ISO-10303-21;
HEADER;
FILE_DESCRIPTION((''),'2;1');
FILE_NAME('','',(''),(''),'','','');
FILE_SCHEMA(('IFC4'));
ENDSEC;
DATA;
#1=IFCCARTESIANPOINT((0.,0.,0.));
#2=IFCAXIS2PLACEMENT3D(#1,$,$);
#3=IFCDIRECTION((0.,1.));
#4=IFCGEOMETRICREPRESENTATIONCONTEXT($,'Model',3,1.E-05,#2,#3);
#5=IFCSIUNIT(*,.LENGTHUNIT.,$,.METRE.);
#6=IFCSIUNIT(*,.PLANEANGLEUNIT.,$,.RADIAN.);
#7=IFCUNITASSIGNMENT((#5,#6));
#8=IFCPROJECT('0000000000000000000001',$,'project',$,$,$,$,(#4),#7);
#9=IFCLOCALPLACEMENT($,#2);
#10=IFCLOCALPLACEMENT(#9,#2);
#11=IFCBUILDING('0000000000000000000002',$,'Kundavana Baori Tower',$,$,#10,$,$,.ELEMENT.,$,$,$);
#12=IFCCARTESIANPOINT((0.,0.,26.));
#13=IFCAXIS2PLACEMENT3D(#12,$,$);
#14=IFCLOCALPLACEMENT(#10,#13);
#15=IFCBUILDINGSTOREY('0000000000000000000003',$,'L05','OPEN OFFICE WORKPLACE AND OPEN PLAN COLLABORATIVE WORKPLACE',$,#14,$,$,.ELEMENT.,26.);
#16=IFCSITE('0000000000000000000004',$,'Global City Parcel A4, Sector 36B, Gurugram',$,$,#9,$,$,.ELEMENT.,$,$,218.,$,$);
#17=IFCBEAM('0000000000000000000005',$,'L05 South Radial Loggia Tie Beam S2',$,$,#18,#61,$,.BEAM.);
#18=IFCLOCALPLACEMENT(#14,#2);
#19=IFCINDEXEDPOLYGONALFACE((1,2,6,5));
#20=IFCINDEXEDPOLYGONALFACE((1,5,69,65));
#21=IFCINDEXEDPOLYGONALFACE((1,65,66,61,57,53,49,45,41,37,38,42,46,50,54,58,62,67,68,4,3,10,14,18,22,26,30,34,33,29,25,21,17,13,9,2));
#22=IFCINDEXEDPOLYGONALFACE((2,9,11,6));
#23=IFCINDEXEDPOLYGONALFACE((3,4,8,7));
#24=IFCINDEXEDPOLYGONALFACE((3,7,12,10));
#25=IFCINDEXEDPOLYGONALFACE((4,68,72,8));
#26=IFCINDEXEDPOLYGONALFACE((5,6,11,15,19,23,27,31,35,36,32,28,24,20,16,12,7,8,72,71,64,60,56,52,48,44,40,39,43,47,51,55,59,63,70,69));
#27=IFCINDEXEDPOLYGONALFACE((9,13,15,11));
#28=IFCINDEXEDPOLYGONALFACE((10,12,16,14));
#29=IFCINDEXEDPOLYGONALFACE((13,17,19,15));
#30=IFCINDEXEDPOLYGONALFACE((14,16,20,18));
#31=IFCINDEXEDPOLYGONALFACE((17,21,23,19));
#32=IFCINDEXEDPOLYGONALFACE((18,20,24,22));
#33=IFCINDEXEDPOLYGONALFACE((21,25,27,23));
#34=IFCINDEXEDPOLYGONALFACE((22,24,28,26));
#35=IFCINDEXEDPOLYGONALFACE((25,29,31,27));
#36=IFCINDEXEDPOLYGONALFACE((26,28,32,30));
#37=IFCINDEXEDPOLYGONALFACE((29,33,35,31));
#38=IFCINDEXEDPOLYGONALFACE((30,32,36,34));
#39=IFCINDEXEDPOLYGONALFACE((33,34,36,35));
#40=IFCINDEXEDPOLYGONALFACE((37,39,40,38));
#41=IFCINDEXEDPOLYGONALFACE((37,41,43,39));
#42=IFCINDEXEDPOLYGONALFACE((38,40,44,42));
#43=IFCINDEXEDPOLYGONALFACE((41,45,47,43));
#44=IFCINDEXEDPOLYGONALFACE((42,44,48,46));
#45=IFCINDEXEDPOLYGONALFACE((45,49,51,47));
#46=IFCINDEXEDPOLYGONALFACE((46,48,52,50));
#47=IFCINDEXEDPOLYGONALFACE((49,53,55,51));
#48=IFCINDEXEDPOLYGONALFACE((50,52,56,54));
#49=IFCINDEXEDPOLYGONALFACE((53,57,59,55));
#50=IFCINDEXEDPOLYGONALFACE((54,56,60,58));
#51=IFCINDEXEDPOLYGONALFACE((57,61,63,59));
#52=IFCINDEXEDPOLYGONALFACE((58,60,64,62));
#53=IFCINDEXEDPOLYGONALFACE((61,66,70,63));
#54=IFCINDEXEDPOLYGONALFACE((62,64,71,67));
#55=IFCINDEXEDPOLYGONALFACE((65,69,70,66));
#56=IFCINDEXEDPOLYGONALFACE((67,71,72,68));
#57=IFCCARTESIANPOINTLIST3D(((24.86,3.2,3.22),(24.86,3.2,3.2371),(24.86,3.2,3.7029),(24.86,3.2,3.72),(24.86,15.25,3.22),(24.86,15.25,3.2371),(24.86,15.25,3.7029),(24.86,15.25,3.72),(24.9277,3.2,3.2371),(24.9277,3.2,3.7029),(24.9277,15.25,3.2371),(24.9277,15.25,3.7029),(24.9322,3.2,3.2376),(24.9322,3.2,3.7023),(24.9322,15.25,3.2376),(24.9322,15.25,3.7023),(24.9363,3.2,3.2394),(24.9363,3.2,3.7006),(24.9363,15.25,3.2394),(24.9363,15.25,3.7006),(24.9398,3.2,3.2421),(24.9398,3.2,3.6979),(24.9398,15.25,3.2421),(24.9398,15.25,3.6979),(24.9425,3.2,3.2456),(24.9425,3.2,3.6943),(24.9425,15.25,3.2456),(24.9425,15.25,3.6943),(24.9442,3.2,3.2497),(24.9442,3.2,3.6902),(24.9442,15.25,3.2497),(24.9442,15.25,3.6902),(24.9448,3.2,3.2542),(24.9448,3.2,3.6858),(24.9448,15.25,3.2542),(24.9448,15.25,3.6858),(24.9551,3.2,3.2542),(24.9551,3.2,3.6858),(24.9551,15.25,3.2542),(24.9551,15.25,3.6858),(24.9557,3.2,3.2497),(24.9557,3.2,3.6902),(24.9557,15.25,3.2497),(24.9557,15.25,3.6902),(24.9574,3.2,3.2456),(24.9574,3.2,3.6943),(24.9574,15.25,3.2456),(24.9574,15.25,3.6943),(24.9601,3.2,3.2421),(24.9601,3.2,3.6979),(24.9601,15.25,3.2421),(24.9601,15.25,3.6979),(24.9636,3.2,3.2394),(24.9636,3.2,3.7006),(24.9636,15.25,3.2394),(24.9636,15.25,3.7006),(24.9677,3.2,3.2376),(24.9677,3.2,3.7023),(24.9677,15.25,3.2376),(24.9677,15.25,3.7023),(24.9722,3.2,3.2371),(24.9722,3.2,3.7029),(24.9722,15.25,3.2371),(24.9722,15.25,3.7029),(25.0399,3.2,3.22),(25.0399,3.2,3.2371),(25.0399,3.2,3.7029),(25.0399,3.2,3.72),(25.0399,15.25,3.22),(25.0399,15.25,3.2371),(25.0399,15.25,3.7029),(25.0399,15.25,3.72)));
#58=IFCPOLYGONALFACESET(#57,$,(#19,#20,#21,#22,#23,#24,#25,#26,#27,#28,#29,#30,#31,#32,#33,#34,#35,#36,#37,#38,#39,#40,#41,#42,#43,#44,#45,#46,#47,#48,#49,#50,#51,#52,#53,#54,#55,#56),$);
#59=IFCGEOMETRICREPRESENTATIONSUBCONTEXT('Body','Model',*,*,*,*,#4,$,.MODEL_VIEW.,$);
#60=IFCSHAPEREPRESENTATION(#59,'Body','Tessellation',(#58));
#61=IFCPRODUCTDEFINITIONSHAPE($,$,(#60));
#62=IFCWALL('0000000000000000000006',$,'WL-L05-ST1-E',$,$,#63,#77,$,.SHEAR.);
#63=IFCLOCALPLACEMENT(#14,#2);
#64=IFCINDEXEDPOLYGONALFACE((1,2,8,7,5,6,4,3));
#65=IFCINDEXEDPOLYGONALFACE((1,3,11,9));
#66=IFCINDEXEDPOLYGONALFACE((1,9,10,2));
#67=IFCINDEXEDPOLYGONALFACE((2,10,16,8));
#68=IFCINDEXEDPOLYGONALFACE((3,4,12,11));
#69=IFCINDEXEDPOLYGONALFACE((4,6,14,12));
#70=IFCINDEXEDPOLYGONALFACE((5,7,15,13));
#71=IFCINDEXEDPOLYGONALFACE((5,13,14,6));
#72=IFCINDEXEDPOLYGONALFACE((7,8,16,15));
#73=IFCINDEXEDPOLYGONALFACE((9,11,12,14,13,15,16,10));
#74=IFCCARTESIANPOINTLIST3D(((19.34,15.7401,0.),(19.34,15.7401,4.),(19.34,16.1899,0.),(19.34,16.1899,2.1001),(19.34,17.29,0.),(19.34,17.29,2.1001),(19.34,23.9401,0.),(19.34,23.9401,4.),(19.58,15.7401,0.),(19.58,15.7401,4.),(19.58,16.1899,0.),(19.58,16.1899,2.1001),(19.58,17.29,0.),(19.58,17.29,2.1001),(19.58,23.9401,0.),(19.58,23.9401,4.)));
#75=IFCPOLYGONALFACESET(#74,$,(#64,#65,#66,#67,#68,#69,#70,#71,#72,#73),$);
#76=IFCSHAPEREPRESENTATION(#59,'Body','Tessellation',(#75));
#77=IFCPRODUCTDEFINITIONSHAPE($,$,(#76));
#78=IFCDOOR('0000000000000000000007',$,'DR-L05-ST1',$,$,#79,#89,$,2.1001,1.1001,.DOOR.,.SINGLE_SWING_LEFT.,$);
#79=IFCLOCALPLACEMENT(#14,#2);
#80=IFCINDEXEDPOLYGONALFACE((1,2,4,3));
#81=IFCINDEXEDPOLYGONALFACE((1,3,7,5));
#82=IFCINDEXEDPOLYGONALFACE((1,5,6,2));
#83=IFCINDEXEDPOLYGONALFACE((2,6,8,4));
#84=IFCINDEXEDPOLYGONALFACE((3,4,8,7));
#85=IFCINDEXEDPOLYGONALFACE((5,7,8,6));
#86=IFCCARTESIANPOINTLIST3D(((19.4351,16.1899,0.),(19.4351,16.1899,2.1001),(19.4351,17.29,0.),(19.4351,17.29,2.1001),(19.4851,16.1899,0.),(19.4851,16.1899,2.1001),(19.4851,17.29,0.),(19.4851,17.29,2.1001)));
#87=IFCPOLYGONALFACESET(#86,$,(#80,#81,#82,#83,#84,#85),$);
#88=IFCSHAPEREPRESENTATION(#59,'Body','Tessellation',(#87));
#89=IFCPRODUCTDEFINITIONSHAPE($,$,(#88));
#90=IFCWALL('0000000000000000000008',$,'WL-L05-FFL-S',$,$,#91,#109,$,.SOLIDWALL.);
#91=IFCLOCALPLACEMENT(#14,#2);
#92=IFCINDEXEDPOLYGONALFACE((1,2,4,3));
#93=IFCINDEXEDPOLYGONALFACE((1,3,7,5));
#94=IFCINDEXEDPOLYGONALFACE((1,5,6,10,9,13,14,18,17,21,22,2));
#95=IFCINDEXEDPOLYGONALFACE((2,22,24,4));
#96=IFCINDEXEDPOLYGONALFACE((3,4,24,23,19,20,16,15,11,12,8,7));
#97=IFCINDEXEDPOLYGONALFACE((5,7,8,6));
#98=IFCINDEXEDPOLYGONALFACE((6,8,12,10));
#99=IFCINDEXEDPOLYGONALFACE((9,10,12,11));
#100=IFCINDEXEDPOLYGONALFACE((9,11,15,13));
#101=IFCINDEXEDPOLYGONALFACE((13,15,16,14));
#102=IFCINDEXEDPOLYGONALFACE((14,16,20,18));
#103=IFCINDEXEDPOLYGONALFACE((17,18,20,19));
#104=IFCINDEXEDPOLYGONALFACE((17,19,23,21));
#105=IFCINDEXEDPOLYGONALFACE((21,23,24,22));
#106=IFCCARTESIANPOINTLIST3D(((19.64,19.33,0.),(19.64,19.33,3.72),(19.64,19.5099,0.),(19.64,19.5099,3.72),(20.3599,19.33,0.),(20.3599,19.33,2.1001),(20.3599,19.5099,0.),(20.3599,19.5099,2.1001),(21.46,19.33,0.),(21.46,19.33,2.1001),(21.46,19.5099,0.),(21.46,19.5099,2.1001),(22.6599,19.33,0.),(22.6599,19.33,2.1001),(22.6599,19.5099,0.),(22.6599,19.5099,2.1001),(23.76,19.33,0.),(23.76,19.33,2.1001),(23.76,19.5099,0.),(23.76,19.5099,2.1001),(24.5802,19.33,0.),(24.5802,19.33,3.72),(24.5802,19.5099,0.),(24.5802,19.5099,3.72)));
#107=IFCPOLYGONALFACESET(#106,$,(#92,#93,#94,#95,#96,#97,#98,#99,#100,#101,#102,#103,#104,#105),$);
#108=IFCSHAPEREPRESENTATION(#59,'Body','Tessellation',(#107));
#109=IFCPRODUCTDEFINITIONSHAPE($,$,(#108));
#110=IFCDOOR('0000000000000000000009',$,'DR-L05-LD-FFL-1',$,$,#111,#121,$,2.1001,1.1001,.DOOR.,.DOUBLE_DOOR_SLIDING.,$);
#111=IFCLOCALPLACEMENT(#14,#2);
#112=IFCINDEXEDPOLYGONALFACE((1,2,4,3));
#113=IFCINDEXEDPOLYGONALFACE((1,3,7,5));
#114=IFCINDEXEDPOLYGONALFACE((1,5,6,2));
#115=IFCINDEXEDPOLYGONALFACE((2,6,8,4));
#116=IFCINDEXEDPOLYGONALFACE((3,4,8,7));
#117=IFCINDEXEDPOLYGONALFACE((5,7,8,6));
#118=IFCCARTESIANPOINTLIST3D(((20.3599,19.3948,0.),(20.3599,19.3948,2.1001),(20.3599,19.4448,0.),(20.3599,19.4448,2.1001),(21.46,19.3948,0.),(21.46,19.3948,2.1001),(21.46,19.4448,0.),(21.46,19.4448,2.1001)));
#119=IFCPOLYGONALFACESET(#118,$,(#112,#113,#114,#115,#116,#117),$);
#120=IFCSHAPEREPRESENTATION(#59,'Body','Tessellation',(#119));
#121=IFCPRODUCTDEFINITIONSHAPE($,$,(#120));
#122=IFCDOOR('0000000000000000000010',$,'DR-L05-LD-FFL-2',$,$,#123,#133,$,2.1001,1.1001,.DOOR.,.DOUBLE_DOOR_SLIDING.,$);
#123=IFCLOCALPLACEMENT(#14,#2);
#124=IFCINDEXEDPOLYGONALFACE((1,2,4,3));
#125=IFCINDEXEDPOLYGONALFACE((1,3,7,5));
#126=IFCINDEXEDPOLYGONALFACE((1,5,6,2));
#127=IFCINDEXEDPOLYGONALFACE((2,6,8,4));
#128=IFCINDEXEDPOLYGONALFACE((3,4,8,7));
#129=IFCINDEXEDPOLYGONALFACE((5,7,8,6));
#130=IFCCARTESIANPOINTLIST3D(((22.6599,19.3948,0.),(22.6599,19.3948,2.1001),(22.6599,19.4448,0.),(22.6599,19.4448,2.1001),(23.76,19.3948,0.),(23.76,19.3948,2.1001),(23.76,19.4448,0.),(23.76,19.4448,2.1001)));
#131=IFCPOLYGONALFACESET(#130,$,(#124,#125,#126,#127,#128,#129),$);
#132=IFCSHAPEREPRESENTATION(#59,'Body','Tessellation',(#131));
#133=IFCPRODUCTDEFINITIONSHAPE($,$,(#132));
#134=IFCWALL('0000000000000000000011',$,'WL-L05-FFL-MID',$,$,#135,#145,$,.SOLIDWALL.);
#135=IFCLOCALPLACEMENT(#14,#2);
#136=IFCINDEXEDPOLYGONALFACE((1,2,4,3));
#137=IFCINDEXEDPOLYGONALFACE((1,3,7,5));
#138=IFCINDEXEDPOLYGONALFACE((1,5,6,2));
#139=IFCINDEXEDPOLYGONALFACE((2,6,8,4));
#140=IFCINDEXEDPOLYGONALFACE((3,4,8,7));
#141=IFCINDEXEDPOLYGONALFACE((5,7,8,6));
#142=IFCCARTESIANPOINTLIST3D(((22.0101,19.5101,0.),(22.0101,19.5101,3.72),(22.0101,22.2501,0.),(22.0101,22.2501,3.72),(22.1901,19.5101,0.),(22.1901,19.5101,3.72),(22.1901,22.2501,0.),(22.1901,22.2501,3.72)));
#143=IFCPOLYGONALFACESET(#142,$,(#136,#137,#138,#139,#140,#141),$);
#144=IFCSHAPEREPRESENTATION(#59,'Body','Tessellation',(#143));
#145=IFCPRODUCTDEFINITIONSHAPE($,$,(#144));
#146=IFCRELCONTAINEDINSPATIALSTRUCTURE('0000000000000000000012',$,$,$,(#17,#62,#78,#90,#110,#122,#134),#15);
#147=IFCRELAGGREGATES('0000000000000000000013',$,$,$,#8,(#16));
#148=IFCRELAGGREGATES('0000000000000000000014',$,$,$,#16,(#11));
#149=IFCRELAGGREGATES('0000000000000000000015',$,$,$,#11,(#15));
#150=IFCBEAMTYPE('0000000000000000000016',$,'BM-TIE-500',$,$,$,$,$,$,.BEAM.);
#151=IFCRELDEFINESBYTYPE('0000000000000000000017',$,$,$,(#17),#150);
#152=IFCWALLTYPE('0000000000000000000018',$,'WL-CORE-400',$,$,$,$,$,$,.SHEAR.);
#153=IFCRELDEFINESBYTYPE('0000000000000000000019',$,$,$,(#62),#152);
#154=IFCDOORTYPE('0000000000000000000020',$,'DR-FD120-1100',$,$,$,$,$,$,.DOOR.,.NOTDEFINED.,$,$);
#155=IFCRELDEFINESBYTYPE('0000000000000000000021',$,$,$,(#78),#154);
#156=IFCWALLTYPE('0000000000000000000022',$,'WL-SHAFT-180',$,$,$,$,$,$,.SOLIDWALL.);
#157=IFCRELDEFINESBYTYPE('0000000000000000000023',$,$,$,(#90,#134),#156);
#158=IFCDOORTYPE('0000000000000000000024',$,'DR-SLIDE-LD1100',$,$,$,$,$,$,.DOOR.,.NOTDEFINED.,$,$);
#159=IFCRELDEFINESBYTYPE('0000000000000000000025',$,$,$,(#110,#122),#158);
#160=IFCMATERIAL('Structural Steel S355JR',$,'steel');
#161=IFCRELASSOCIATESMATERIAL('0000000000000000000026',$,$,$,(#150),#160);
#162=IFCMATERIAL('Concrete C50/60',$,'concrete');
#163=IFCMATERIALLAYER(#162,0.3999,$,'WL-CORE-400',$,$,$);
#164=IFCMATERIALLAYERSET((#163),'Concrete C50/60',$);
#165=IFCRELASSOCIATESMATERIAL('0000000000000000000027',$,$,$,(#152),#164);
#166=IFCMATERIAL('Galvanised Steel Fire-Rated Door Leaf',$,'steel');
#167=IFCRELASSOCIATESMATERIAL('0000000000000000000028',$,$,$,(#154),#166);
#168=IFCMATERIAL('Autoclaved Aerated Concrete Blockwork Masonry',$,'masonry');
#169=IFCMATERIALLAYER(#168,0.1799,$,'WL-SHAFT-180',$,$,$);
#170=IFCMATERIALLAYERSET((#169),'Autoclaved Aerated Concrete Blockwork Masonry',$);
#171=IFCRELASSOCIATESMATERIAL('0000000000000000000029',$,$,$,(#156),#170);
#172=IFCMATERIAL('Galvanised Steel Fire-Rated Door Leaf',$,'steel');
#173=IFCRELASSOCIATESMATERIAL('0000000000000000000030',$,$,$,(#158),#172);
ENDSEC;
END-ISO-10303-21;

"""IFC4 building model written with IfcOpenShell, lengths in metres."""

from ifc_helpers import new_model, si_unit, direction, frame, frame_2d, origin, origin_2d, place, context, subcontext, project, spatial, rectangle, i_section, extrude, material, layer, layer_set, material_profile, profile_set, type_object, element, fill, save


model = new_model("IFC4")

# Units and contexts
model_context = context("Model", 3, precision=1e-05, world=origin(), true_north=direction((0.0, 1.0)))
body_context = subcontext(model_context, "Body", "Model", "MODEL_VIEW")
ifc_project = project(units=[si_unit("LENGTHUNIT", "METRE"), si_unit("PLANEANGLEUNIT", "RADIAN")], contexts=[model_context])

# Site, building, storey
site_placement = place(None, origin())
site = spatial("IfcSite", under=ifc_project, at=site_placement, Name="Global City Parcel A4, Sector 36B, Gurugram", CompositionType="ELEMENT", RefElevation=218.0)
building_placement = place(site_placement, origin())
building = spatial("IfcBuilding", under=site, at=building_placement, Name="Kundavana Baori Tower", CompositionType="ELEMENT")
storey_placement = place(building_placement, frame((0.0, 0.0, 26.0)))
storey = spatial("IfcBuildingStorey", under=building, at=storey_placement, Name="L05", Description="OPEN OFFICE WORKPLACE AND OPEN PLAN COLLABORATIVE WORKPLACE", CompositionType="ELEMENT", Elevation=26.0)

# Beam
ifc_material_1 = material(Name="Structural Steel S355JR", Category="steel")
ifc_material_profile_1 = material_profile(ifc_material_1, i_section(OverallWidth=0.1799, OverallDepth=0.5, WebThickness=0.0103, FlangeThickness=0.0171, FilletRadius=0.0171, at=origin_2d()), Name="ISMB 500")
ifc_profile_set_1 = profile_set([ifc_material_profile_1], Name="Structural Steel S355JR")
beam_type_1 = type_object("IfcBeamType", Name="BM-TIE-500", PredefinedType="BEAM", material=ifc_profile_set_1)
beam_1_placement = place(storey_placement, frame((24.95, 15.25, 3.47), z_axis=(0.0, -1.0, 0.0), x_axis=(1.0, 0.0, 0.0)))
element("IfcBeam", 1, at=beam_1_placement, inside=storey, type_object=beam_type_1, Name="L05 South Radial Loggia Tie Beam S2", PredefinedType="BEAM", context=body_context, shape_type="SweptSolid", body=[
    extrude(i_section(OverallWidth=0.1799, OverallDepth=0.5, WebThickness=0.0103, FlangeThickness=0.0171, FilletRadius=0.0171, at=origin_2d()), origin(), (0.0, 0.0, 1.0), 12.05),
])

# Wall, opening, door
ifc_material_2 = material(Name="Concrete C50/60", Category="concrete")
ifc_layer_1 = layer(ifc_material_2, 0.3999, Name="WL-CORE-400")
ifc_layer_set_1 = layer_set([ifc_layer_1], Name="Concrete C50/60")
wall_type_1 = type_object("IfcWallType", Name="WL-CORE-400", PredefinedType="SHEAR", material=ifc_layer_set_1)
wall_1_placement = place(storey_placement, frame((19.46, 15.74, 0.0), z_axis=(0.0, 0.0, 1.0), x_axis=(0.0, 1.0, 0.0)))
wall_1 = element("IfcWall", 2, at=wall_1_placement, inside=storey, type_object=wall_type_1, Name="WL-L05-ST1-E", PredefinedType="SHEAR", context=body_context, shape_type="SweptSolid", body=[
    extrude(rectangle(XDim=8.2, YDim=0.24, at=frame_2d((4.1001, 0.0))), origin(), (0.0, 0.0, 1.0), 4.0),
])
opening_1_placement = place(wall_1_placement, frame((0.45, 0.0, 0.0)))
opening_1 = element("IfcOpeningElement", 3, at=opening_1_placement, cuts=wall_1, PredefinedType="OPENING", context=body_context, shape_type="SweptSolid", body=[
    extrude(rectangle(XDim=1.1001, YDim=2.1001, at=frame_2d((0.55, 1.05))), frame((0.0, 0.1299, 0.0), z_axis=(0.0, -1.0, 0.0), x_axis=(1.0, 0.0, 0.0)), (0.0, 0.0, 1.0), 0.26),
])
ifc_material_3 = material(Name="Galvanised Steel Fire-Rated Door Leaf", Category="steel")
door_type_1 = type_object("IfcDoorType", Name="DR-FD120-1100", OperationType="NOTDEFINED", PredefinedType="DOOR", material=ifc_material_3)
door_1_placement = place(opening_1_placement, origin())
door_1 = element("IfcDoor", 4, at=door_1_placement, inside=storey, type_object=door_type_1, Name="DR-L05-ST1", OperationType="SINGLE_SWING_LEFT", OverallHeight=2.1001, OverallWidth=1.1001, PredefinedType="DOOR", context=body_context, shape_type="SweptSolid", body=[
    extrude(rectangle(XDim=1.1001, YDim=2.1001, at=frame_2d((0.55, 1.05))), frame((0.0, 0.0249, 0.0), z_axis=(0.0, -1.0, 0.0), x_axis=(1.0, 0.0, 0.0)), (0.0, 0.0, 1.0), 0.05),
])
fill(opening_1, door_1)

# Wall, openings, doors
ifc_material_4 = material(Name="Autoclaved Aerated Concrete Blockwork Masonry", Category="masonry")
ifc_layer_2 = layer(ifc_material_4, 0.1799, Name="WL-SHAFT-180")
ifc_layer_set_2 = layer_set([ifc_layer_2], Name="Autoclaved Aerated Concrete Blockwork Masonry")
wall_type_2 = type_object("IfcWallType", Name="WL-SHAFT-180", PredefinedType="SOLIDWALL", material=ifc_layer_set_2)
wall_2_placement = place(storey_placement, frame((19.6399, 19.4199, 0.0), z_axis=(0.0, 0.0, 1.0), x_axis=(1.0, 0.0, 0.0)))
wall_2 = element("IfcWall", 5, at=wall_2_placement, inside=storey, type_object=wall_type_2, Name="WL-L05-FFL-S", PredefinedType="SOLIDWALL", context=body_context, shape_type="SweptSolid", body=[
    extrude(rectangle(XDim=4.9402, YDim=0.1799, at=frame_2d((2.4702, 0.0))), origin(), (0.0, 0.0, 1.0), 3.72),
])
opening_2_placement = place(wall_2_placement, frame((0.72, 0.0, 0.0)))
opening_2 = element("IfcOpeningElement", 6, at=opening_2_placement, cuts=wall_2, PredefinedType="OPENING", context=body_context, shape_type="SweptSolid", body=[
    extrude(rectangle(XDim=1.1001, YDim=2.1001, at=frame_2d((0.55, 1.05))), frame((0.0, 0.1001, 0.0), z_axis=(0.0, -1.0, 0.0), x_axis=(1.0, 0.0, 0.0)), (0.0, 0.0, 1.0), 0.2),
])
opening_3_placement = place(wall_2_placement, frame((3.02, 0.0, 0.0)))
opening_3 = element("IfcOpeningElement", 7, at=opening_3_placement, cuts=wall_2, PredefinedType="OPENING", context=body_context, shape_type="SweptSolid", body=[
    extrude(rectangle(XDim=1.1001, YDim=2.1001, at=frame_2d((0.55, 1.05))), frame((0.0, 0.1001, 0.0), z_axis=(0.0, -1.0, 0.0), x_axis=(1.0, 0.0, 0.0)), (0.0, 0.0, 1.0), 0.2),
])
ifc_material_5 = material(Name="Galvanised Steel Fire-Rated Door Leaf", Category="steel")
door_type_2 = type_object("IfcDoorType", Name="DR-SLIDE-LD1100", OperationType="NOTDEFINED", PredefinedType="DOOR", material=ifc_material_5)
door_2_placement = place(opening_2_placement, origin())
door_2 = element("IfcDoor", 8, at=door_2_placement, inside=storey, type_object=door_type_2, Name="DR-L05-LD-FFL-1", OperationType="DOUBLE_DOOR_SLIDING", OverallHeight=2.1001, OverallWidth=1.1001, PredefinedType="DOOR", context=body_context, shape_type="SweptSolid", body=[
    extrude(rectangle(XDim=1.1001, YDim=2.1001, at=frame_2d((0.55, 1.05))), frame((0.0, 0.0249, 0.0), z_axis=(0.0, -1.0, 0.0), x_axis=(1.0, 0.0, 0.0)), (0.0, 0.0, 1.0), 0.05),
])
fill(opening_2, door_2)
door_3_placement = place(opening_3_placement, origin())
door_3 = element("IfcDoor", 9, at=door_3_placement, inside=storey, type_object=door_type_2, Name="DR-L05-LD-FFL-2", OperationType="DOUBLE_DOOR_SLIDING", OverallHeight=2.1001, OverallWidth=1.1001, PredefinedType="DOOR", context=body_context, shape_type="SweptSolid", body=[
    extrude(rectangle(XDim=1.1001, YDim=2.1001, at=frame_2d((0.55, 1.05))), frame((0.0, 0.0249, 0.0), z_axis=(0.0, -1.0, 0.0), x_axis=(1.0, 0.0, 0.0)), (0.0, 0.0, 1.0), 0.05),
])
fill(opening_3, door_3)

# Wall
wall_3_placement = place(storey_placement, frame((22.1001, 19.51, 0.0), z_axis=(0.0, 0.0, 1.0), x_axis=(0.0, 1.0, 0.0)))
element("IfcWall", 10, at=wall_3_placement, inside=storey, type_object=wall_type_2, Name="WL-L05-FFL-MID", PredefinedType="SOLIDWALL", context=body_context, shape_type="SweptSolid", body=[
    extrude(rectangle(XDim=2.74, YDim=0.1799, at=frame_2d((1.3701, 0.0))), origin(), (0.0, 0.0, 1.0), 3.72),
])

save(model, "model.ifc")
